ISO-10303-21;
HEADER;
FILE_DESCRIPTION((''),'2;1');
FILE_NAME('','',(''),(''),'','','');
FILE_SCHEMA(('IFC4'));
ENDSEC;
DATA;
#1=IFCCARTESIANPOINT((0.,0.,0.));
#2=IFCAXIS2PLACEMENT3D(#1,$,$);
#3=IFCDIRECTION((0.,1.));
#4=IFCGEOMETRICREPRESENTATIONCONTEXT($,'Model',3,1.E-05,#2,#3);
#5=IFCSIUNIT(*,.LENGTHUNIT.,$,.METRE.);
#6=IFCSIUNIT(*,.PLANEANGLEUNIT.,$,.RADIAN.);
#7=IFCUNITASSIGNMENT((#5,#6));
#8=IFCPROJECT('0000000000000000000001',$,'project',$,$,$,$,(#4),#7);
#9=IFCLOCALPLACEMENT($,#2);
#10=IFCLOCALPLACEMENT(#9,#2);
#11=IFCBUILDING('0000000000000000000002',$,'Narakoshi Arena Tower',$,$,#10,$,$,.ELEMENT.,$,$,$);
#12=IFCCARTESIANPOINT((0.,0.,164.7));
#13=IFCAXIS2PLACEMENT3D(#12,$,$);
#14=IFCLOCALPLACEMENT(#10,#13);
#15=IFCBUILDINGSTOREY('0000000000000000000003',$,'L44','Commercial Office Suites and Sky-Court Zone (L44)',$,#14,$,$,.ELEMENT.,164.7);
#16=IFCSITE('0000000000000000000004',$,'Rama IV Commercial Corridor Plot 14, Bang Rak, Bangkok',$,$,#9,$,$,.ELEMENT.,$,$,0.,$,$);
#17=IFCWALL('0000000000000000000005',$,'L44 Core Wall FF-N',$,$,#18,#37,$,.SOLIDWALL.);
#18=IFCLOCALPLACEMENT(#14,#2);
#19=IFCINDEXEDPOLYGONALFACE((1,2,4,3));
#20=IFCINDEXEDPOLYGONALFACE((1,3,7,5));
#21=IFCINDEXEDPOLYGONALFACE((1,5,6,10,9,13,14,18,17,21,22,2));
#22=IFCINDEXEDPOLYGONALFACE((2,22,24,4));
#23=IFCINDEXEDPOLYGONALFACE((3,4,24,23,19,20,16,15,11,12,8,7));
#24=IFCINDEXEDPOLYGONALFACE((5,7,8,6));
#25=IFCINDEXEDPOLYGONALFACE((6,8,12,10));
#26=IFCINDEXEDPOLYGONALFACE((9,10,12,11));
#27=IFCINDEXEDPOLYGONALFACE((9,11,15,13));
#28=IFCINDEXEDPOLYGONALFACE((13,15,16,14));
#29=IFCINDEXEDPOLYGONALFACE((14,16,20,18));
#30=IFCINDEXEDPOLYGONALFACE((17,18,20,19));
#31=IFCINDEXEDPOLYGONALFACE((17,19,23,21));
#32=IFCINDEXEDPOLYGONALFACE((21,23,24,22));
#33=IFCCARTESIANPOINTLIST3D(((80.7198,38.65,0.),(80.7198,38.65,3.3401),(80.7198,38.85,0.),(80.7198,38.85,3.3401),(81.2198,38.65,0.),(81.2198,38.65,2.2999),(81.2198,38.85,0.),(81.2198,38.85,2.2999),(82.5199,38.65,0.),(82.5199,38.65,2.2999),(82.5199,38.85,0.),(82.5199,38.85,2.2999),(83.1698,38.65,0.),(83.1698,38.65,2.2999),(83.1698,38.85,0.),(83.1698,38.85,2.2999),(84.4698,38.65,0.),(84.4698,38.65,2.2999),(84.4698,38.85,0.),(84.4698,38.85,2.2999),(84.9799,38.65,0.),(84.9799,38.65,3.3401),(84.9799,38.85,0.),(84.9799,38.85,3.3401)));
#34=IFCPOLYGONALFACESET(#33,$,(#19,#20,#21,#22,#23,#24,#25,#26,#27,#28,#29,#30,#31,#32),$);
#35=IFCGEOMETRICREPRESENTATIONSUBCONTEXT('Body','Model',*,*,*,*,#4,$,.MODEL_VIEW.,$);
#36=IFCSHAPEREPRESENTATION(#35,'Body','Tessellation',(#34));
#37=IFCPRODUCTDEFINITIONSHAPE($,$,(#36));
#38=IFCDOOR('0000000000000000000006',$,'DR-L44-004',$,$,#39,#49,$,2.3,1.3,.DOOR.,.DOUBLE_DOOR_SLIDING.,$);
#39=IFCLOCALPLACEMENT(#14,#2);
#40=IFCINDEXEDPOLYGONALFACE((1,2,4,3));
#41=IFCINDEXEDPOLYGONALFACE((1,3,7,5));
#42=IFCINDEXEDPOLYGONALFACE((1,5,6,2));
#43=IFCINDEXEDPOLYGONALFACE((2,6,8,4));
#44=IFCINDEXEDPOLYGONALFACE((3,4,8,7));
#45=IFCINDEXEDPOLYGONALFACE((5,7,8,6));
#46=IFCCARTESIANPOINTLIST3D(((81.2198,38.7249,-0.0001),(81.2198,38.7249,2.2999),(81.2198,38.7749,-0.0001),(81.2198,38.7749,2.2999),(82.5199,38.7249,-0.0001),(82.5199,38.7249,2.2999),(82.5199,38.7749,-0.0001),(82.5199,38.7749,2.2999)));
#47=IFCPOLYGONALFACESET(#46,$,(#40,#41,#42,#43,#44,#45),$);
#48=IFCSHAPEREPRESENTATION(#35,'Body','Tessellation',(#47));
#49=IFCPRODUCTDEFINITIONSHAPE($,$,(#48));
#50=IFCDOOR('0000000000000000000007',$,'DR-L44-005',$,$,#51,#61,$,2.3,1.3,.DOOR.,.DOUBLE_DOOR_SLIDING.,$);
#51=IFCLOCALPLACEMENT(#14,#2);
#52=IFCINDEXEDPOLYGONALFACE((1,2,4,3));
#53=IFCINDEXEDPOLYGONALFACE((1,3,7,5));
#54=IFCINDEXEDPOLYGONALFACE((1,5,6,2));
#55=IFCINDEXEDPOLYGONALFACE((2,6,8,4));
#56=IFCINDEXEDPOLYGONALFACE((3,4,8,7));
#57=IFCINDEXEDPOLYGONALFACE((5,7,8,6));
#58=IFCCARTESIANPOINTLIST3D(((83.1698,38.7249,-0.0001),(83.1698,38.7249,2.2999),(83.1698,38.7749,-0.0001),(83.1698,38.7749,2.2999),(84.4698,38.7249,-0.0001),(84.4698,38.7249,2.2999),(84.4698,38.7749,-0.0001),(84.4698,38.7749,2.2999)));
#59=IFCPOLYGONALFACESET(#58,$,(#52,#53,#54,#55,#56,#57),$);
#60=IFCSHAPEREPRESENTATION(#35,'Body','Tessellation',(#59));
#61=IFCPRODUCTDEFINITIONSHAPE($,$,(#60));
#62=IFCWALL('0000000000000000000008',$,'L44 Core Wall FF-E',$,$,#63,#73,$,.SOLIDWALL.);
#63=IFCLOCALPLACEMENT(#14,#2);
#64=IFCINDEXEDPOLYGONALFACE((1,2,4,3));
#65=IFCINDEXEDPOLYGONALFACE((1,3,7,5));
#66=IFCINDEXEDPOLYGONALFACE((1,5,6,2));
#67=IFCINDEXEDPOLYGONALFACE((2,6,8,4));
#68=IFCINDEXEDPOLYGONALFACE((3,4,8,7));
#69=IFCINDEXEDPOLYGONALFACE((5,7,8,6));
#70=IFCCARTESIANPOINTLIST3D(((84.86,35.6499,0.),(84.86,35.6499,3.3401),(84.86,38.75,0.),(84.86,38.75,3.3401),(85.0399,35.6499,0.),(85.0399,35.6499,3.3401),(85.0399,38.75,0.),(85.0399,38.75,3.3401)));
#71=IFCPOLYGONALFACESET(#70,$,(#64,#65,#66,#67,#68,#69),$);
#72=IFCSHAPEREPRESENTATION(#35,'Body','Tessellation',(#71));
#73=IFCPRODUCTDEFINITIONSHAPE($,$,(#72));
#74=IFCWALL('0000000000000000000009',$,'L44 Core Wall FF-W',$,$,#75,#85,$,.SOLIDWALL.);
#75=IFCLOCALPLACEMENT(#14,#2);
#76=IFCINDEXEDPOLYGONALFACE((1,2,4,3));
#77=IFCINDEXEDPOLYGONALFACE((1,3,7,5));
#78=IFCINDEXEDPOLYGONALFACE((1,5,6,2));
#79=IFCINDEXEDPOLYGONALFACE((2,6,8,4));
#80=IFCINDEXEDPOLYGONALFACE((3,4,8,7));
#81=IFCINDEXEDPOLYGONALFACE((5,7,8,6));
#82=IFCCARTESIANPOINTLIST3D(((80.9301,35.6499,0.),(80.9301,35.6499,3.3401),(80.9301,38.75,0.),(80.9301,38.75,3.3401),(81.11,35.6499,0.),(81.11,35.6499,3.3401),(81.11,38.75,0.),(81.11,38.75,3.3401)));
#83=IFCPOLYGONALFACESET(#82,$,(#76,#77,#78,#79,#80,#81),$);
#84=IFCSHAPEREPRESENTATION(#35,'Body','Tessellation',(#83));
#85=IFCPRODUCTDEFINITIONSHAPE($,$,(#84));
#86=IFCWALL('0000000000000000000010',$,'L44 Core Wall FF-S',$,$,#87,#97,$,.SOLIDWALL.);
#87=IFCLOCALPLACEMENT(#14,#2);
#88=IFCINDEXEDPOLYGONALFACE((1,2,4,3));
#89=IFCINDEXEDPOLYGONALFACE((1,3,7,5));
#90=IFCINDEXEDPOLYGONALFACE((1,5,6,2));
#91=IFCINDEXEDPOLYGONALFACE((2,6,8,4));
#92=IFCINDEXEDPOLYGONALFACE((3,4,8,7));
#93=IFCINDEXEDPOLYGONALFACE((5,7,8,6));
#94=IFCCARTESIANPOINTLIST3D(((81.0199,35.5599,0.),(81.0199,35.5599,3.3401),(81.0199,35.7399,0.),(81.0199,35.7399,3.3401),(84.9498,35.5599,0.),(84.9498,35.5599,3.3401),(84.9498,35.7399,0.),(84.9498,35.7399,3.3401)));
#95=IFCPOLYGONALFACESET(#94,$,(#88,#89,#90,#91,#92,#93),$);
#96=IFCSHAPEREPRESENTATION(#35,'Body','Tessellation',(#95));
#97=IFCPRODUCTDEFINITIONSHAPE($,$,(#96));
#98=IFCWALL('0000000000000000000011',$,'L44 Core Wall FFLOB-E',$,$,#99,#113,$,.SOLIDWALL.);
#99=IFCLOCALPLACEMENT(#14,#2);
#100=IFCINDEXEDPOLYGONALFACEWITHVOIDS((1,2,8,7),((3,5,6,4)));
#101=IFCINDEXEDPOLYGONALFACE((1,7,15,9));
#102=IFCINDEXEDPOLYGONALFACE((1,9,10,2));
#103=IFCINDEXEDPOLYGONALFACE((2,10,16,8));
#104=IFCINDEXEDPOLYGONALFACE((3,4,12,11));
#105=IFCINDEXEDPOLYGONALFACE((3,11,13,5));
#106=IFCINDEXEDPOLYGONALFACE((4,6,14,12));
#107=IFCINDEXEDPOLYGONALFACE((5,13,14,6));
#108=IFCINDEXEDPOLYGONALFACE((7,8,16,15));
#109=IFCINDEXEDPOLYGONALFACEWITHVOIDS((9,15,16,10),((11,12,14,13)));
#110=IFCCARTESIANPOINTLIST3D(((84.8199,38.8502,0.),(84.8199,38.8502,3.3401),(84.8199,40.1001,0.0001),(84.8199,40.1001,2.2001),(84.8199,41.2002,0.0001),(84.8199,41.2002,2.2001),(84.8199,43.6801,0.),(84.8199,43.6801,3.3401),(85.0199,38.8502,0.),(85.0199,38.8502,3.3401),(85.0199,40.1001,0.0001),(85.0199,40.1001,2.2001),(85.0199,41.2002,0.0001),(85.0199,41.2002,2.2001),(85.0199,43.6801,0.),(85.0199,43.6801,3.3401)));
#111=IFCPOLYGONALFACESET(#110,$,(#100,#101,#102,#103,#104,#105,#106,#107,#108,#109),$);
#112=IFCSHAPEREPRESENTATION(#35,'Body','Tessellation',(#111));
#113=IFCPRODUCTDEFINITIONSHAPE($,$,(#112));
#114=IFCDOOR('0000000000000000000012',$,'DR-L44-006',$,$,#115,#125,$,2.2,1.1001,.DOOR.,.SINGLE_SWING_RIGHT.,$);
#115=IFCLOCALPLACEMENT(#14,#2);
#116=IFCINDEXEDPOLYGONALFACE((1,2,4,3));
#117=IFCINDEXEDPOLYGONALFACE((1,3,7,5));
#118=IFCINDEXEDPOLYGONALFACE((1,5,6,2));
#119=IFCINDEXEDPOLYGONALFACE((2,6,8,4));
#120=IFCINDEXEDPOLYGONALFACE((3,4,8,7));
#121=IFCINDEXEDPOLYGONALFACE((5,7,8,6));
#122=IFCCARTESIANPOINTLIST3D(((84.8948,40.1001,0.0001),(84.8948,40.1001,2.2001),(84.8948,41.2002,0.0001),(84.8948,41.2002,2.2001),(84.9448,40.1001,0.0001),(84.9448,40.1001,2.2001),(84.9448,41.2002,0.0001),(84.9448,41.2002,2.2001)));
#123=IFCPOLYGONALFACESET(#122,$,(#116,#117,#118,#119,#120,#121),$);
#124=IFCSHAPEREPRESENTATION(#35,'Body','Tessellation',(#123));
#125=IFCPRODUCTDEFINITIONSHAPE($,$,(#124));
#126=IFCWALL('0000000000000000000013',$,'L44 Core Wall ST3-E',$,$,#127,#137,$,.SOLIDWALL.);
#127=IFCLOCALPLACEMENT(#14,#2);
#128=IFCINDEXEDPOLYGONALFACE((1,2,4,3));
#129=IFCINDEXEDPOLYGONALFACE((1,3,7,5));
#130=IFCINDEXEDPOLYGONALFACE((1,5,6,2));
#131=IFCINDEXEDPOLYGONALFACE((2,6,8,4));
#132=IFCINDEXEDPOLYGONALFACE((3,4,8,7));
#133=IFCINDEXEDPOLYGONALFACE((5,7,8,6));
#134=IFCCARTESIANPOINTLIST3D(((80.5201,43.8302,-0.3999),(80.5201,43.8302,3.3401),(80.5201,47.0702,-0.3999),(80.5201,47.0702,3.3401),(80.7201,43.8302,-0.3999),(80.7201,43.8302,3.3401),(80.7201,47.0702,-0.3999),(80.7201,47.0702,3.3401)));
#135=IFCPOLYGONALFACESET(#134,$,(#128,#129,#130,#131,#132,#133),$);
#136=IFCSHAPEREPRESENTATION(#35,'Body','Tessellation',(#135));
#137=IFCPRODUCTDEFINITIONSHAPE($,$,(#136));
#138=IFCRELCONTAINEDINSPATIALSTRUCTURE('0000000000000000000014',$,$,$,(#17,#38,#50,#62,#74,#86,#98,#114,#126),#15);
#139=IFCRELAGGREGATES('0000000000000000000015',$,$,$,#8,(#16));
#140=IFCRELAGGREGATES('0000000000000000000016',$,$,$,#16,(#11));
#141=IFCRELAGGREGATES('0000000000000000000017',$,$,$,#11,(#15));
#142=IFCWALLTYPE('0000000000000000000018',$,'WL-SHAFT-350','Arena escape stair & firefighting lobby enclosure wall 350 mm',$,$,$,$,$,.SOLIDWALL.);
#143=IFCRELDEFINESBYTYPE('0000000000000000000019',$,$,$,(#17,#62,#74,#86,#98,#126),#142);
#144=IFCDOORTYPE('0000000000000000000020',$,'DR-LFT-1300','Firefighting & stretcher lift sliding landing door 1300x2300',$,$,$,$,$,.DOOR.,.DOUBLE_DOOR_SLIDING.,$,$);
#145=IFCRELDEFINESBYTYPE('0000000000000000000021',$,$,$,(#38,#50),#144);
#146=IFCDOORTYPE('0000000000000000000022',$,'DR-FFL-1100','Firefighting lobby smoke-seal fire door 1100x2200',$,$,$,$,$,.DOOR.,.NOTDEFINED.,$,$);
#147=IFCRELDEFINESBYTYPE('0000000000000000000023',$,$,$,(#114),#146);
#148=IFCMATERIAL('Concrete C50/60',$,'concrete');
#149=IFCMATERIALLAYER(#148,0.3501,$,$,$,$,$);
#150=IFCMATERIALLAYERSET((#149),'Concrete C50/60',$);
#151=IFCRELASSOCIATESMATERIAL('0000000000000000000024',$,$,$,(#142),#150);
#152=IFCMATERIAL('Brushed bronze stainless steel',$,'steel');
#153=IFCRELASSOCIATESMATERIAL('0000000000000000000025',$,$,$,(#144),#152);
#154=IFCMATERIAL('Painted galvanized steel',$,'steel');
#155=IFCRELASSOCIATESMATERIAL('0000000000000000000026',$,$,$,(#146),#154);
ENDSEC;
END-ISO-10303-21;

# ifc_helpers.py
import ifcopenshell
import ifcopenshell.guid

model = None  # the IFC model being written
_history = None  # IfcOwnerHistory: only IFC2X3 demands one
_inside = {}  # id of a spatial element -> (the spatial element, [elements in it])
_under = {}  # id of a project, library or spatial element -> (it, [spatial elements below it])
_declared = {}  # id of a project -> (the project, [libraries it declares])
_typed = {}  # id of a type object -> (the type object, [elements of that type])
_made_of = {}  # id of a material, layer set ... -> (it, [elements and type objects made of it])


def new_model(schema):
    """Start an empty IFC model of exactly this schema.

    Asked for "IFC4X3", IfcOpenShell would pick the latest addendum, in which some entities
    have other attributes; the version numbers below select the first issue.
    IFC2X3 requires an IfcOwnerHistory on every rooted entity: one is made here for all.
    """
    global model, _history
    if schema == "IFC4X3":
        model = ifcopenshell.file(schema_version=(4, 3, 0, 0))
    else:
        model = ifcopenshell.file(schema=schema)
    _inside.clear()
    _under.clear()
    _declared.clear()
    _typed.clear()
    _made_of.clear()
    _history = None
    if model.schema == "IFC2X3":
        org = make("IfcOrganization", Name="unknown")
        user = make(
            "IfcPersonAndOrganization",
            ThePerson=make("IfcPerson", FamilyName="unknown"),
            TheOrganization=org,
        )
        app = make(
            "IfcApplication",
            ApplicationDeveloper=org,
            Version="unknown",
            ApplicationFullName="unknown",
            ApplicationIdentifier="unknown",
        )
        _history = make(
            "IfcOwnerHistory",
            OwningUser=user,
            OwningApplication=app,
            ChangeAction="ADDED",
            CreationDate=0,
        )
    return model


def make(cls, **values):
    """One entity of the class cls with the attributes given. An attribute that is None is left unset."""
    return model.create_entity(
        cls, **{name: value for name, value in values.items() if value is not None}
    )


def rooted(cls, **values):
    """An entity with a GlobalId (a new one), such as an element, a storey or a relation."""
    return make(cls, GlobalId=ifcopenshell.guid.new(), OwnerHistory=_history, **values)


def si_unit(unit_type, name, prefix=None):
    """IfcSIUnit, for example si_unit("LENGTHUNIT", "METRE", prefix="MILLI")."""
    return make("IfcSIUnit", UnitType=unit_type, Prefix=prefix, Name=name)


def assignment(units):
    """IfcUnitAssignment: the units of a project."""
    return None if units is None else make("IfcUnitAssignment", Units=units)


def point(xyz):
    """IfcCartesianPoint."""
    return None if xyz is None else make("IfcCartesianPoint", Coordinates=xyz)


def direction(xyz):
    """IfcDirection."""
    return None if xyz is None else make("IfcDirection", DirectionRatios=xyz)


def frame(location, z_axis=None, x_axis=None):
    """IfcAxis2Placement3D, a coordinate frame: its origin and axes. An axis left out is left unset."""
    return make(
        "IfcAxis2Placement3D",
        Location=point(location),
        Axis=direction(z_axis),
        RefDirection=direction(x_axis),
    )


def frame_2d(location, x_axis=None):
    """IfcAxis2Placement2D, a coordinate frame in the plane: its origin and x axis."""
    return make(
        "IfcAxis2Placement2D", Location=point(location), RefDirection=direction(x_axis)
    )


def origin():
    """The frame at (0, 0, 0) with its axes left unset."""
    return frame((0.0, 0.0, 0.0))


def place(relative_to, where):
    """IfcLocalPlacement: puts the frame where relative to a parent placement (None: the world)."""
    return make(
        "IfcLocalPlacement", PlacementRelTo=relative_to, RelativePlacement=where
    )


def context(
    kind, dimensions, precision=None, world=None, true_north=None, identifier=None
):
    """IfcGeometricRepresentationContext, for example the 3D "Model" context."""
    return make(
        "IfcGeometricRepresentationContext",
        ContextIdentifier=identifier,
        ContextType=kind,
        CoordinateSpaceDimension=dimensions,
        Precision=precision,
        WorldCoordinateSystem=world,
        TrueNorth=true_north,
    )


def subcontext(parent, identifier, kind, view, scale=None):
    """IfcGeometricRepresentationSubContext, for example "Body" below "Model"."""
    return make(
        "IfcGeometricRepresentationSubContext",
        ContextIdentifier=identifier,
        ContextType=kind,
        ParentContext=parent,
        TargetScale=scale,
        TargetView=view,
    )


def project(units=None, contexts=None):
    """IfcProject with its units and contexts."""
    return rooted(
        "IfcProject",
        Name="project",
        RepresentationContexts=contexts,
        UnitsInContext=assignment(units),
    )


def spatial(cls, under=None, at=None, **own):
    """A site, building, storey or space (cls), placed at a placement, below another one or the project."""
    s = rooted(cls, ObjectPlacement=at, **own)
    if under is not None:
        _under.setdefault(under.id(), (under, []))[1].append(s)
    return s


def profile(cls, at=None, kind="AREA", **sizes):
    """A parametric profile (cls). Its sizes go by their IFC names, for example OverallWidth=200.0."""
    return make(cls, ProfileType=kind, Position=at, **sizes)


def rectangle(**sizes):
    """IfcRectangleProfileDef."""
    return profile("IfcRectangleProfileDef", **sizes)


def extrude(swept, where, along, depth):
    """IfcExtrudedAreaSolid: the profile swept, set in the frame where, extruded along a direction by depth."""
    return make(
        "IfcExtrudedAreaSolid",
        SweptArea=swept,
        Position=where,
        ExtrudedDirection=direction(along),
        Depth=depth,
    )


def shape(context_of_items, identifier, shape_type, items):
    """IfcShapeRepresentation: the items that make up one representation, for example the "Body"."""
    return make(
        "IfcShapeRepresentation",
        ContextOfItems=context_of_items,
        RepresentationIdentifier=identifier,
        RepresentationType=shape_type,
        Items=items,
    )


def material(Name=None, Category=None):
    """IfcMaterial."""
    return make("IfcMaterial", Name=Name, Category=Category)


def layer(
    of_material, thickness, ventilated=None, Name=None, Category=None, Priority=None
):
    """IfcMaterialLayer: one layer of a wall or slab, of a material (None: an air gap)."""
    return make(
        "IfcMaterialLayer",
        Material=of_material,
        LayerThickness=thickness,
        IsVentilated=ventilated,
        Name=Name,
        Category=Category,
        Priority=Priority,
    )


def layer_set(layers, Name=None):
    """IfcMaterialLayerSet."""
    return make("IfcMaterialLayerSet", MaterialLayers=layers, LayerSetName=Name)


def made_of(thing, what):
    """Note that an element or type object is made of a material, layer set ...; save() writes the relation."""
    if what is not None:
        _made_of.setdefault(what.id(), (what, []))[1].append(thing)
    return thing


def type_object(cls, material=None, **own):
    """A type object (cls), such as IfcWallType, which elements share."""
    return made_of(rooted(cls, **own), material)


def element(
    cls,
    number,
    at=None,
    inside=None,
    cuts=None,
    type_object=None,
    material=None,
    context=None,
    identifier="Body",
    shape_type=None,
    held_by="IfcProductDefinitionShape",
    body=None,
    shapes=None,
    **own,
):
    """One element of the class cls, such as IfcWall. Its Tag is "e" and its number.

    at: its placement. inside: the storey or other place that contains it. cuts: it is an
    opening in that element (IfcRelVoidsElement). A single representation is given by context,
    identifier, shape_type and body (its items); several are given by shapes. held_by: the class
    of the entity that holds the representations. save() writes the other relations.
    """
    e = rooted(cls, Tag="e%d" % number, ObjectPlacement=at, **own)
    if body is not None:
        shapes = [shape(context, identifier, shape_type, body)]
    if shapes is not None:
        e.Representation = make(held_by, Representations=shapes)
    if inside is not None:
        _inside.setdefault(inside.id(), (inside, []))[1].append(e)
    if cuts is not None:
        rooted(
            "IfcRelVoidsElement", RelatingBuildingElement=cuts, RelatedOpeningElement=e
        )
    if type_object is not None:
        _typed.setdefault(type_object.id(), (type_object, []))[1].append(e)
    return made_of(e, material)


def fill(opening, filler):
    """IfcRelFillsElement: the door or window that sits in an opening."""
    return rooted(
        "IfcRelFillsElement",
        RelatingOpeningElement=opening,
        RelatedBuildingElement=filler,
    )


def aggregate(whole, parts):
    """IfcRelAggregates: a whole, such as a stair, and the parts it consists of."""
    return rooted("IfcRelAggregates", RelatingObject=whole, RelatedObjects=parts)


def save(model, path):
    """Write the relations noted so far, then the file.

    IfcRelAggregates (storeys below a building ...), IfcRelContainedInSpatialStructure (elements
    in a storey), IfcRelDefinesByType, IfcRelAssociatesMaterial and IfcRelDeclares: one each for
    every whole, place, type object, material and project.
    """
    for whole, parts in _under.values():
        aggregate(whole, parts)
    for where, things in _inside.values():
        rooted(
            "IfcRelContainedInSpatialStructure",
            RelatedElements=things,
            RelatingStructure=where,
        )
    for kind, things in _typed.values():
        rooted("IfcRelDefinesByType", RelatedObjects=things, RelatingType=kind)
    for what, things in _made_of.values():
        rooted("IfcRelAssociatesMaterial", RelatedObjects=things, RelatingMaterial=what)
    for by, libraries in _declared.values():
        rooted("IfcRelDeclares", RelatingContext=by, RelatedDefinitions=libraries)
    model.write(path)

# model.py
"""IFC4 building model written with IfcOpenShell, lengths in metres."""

from ifc_helpers import new_model, si_unit, direction, frame, frame_2d, origin, place, context, subcontext, project, spatial, rectangle, extrude, material, layer, layer_set, type_object, element, fill, save


model = new_model("IFC4")

# Units and contexts
model_context = context("Model", 3, precision=1e-05, world=origin(), true_north=direction((0.0, 1.0)))
body_context = subcontext(model_context, "Body", "Model", "MODEL_VIEW")
ifc_project = project(units=[si_unit("LENGTHUNIT", "METRE"), si_unit("PLANEANGLEUNIT", "RADIAN")], contexts=[model_context])

# Site, building, storey
site_placement = place(None, origin())
site = spatial("IfcSite", under=ifc_project, at=site_placement, Name="Rama IV Commercial Corridor Plot 14, Bang Rak, Bangkok", CompositionType="ELEMENT", RefElevation=0.0)
building_placement = place(site_placement, origin())
building = spatial("IfcBuilding", under=site, at=building_placement, Name="Narakoshi Arena Tower", CompositionType="ELEMENT")
storey_placement = place(building_placement, frame((0.0, 0.0, 164.7)))
storey = spatial("IfcBuildingStorey", under=building, at=storey_placement, Name="L44", Description="Commercial Office Suites and Sky-Court Zone (L44)", CompositionType="ELEMENT", Elevation=164.7)

# Shared definitions
ifc_material_1 = material(Name="Painted galvanized steel", Category="steel")

# Shared definitions
ifc_material_2 = material(Name="Concrete C50/60", Category="concrete")
ifc_layer_1 = layer(ifc_material_2, 0.3501)
ifc_layer_set_1 = layer_set([ifc_layer_1], Name="Concrete C50/60")
wall_type_1 = type_object("IfcWallType", Name="WL-SHAFT-350", Description="Arena escape stair & firefighting lobby enclosure wall 350 mm", PredefinedType="SOLIDWALL", material=ifc_layer_set_1)

# Wall, openings, doors
wall_1_placement = place(storey_placement, frame((80.72, 38.75, 0.0), z_axis=(0.0, 0.0, 1.0), x_axis=(1.0, 0.0, 0.0)))
wall_1 = element("IfcWall", 1, at=wall_1_placement, inside=storey, type_object=wall_type_1, Name="L44 Core Wall FF-N", PredefinedType="SOLIDWALL", context=body_context, shape_type="SweptSolid", body=[
    extrude(rectangle(XDim=4.26, YDim=0.2, at=frame_2d((2.1299, 0.0))), origin(), (0.0, 0.0, 1.0), 3.3401),
])
opening_1_placement = place(wall_1_placement, frame((0.5, 0.0, 0.0)))
opening_1 = element("IfcOpeningElement", 2, at=opening_1_placement, cuts=wall_1, PredefinedType="OPENING", context=body_context, shape_type="SweptSolid", body=[
    extrude(rectangle(XDim=1.3, YDim=2.3, at=frame_2d((0.6499, 1.1499))), frame((0.0, 0.1099, 0.0), z_axis=(0.0, -1.0, 0.0), x_axis=(1.0, 0.0, 0.0)), (0.0, 0.0, 1.0), 0.22),
])
opening_2_placement = place(wall_1_placement, frame((2.45, 0.0, 0.0)))
opening_2 = element("IfcOpeningElement", 3, at=opening_2_placement, cuts=wall_1, PredefinedType="OPENING", context=body_context, shape_type="SweptSolid", body=[
    extrude(rectangle(XDim=1.3, YDim=2.3, at=frame_2d((0.6499, 1.1499))), frame((0.0, 0.1099, 0.0), z_axis=(0.0, -1.0, 0.0), x_axis=(1.0, 0.0, 0.0)), (0.0, 0.0, 1.0), 0.22),
])
ifc_material_3 = material(Name="Brushed bronze stainless steel", Category="steel")
door_type_1 = type_object("IfcDoorType", Name="DR-LFT-1300", Description="Firefighting & stretcher lift sliding landing door 1300x2300", OperationType="DOUBLE_DOOR_SLIDING", PredefinedType="DOOR", material=ifc_material_3)
door_1_placement = place(opening_1_placement, origin())
door_1 = element("IfcDoor", 4, at=door_1_placement, inside=storey, type_object=door_type_1, Name="DR-L44-004", OperationType="DOUBLE_DOOR_SLIDING", OverallHeight=2.3, OverallWidth=1.3, PredefinedType="DOOR", context=body_context, shape_type="SweptSolid", body=[
    extrude(rectangle(XDim=1.3, YDim=2.3, at=frame_2d((0.6499, 1.1499))), frame((0.0, 0.0249, 0.0), z_axis=(0.0, -1.0, 0.0), x_axis=(1.0, 0.0, 0.0)), (0.0, 0.0, 1.0), 0.05),
])
fill(opening_1, door_1)
door_2_placement = place(opening_2_placement, origin())
door_2 = element("IfcDoor", 5, at=door_2_placement, inside=storey, type_object=door_type_1, Name="DR-L44-005", OperationType="DOUBLE_DOOR_SLIDING", OverallHeight=2.3, OverallWidth=1.3, PredefinedType="DOOR", context=body_context, shape_type="SweptSolid", body=[
    extrude(rectangle(XDim=1.3, YDim=2.3, at=frame_2d((0.6499, 1.1499))), frame((0.0, 0.0249, 0.0), z_axis=(0.0, -1.0, 0.0), x_axis=(1.0, 0.0, 0.0)), (0.0, 0.0, 1.0), 0.05),
])
fill(opening_2, door_2)

# Walls
for number, where, z_axis, x_axis, name in (
    (6, (84.95, 35.6499, 0.0), (0.0, 0.0, 1.0), (0.0, 1.0, 0.0), "L44 Core Wall FF-E"),
    (7, (81.02, 35.6499, 0.0), (0.0, 0.0, 1.0), (0.0, 1.0, 0.0), "L44 Core Wall FF-W"),
):
    element("IfcWall", number, at=place(storey_placement, frame(where, z_axis=z_axis, x_axis=x_axis)), inside=storey, type_object=wall_type_1, Name=name, PredefinedType="SOLIDWALL", context=body_context, shape_type="SweptSolid", body=[
        extrude(rectangle(XDim=3.1001, YDim=0.1799, at=frame_2d((1.55, 0.0))), origin(), (0.0, 0.0, 1.0), 3.3401),
    ])
wall_2_placement = place(storey_placement, frame((81.02, 35.6499, 0.0), z_axis=(0.0, 0.0, 1.0), x_axis=(1.0, 0.0, 0.0)))
element("IfcWall", 8, at=wall_2_placement, inside=storey, type_object=wall_type_1, Name="L44 Core Wall FF-S", PredefinedType="SOLIDWALL", context=body_context, shape_type="SweptSolid", body=[
    extrude(rectangle(XDim=3.9299, YDim=0.1799, at=frame_2d((1.9648, 0.0))), origin(), (0.0, 0.0, 1.0), 3.3401),
])

# Wall, opening, door
wall_3_placement = place(storey_placement, frame((84.9199, 38.8501, 0.0), z_axis=(0.0, 0.0, 1.0), x_axis=(0.0, 1.0, 0.0)))
wall_3 = element("IfcWall", 9, at=wall_3_placement, inside=storey, type_object=wall_type_1, Name="L44 Core Wall FFLOB-E", PredefinedType="SOLIDWALL", context=body_context, shape_type="SweptSolid", body=[
    extrude(rectangle(XDim=4.8298, YDim=0.2, at=frame_2d((2.415, 0.0))), origin(), (0.0, 0.0, 1.0), 3.3401),
])
opening_3_placement = place(wall_3_placement, frame((1.25, 0.0, 0.0)))
opening_3 = element("IfcOpeningElement", 10, at=opening_3_placement, cuts=wall_3, PredefinedType="OPENING", context=body_context, shape_type="SweptSolid", body=[
    extrude(rectangle(XDim=1.1001, YDim=2.2, at=frame_2d((0.55, 1.1001))), frame((0.0, 0.1099, 0.0), z_axis=(0.0, -1.0, 0.0), x_axis=(1.0, 0.0, 0.0)), (0.0, 0.0, 1.0), 0.22),
])
door_type_2 = type_object("IfcDoorType", Name="DR-FFL-1100", Description="Firefighting lobby smoke-seal fire door 1100x2200", OperationType="NOTDEFINED", PredefinedType="DOOR", material=ifc_material_1)
door_3_placement = place(opening_3_placement, frame((1.1001, 0.0, 0.0), z_axis=(0.0, 0.0, 1.0), x_axis=(-1.0, 0.0, 0.0)))
door_3 = element("IfcDoor", 11, at=door_3_placement, inside=storey, type_object=door_type_2, Name="DR-L44-006", OperationType="SINGLE_SWING_RIGHT", OverallHeight=2.2, OverallWidth=1.1001, PredefinedType="DOOR", context=body_context, shape_type="SweptSolid", body=[
    extrude(rectangle(XDim=1.1001, YDim=2.2, at=frame_2d((0.55, 1.1001))), frame((0.0, 0.0249, 0.0), z_axis=(0.0, -1.0, 0.0), x_axis=(1.0, 0.0, 0.0)), (0.0, 0.0, 1.0), 0.05),
])
fill(opening_3, door_3)

# Wall
wall_4_placement = place(storey_placement, frame((80.6201, 43.8301, -0.3999), z_axis=(0.0, 0.0, 1.0), x_axis=(0.0, 1.0, 0.0)))
element("IfcWall", 12, at=wall_4_placement, inside=storey, type_object=wall_type_1, Name="L44 Core Wall ST3-E", PredefinedType="SOLIDWALL", context=body_context, shape_type="SweptSolid", body=[
    extrude(rectangle(XDim=3.24, YDim=0.2, at=frame_2d((1.6201, 0.0))), origin(), (0.0, 0.0, 1.0), 3.74),
])

save(model, "model.ifc")
